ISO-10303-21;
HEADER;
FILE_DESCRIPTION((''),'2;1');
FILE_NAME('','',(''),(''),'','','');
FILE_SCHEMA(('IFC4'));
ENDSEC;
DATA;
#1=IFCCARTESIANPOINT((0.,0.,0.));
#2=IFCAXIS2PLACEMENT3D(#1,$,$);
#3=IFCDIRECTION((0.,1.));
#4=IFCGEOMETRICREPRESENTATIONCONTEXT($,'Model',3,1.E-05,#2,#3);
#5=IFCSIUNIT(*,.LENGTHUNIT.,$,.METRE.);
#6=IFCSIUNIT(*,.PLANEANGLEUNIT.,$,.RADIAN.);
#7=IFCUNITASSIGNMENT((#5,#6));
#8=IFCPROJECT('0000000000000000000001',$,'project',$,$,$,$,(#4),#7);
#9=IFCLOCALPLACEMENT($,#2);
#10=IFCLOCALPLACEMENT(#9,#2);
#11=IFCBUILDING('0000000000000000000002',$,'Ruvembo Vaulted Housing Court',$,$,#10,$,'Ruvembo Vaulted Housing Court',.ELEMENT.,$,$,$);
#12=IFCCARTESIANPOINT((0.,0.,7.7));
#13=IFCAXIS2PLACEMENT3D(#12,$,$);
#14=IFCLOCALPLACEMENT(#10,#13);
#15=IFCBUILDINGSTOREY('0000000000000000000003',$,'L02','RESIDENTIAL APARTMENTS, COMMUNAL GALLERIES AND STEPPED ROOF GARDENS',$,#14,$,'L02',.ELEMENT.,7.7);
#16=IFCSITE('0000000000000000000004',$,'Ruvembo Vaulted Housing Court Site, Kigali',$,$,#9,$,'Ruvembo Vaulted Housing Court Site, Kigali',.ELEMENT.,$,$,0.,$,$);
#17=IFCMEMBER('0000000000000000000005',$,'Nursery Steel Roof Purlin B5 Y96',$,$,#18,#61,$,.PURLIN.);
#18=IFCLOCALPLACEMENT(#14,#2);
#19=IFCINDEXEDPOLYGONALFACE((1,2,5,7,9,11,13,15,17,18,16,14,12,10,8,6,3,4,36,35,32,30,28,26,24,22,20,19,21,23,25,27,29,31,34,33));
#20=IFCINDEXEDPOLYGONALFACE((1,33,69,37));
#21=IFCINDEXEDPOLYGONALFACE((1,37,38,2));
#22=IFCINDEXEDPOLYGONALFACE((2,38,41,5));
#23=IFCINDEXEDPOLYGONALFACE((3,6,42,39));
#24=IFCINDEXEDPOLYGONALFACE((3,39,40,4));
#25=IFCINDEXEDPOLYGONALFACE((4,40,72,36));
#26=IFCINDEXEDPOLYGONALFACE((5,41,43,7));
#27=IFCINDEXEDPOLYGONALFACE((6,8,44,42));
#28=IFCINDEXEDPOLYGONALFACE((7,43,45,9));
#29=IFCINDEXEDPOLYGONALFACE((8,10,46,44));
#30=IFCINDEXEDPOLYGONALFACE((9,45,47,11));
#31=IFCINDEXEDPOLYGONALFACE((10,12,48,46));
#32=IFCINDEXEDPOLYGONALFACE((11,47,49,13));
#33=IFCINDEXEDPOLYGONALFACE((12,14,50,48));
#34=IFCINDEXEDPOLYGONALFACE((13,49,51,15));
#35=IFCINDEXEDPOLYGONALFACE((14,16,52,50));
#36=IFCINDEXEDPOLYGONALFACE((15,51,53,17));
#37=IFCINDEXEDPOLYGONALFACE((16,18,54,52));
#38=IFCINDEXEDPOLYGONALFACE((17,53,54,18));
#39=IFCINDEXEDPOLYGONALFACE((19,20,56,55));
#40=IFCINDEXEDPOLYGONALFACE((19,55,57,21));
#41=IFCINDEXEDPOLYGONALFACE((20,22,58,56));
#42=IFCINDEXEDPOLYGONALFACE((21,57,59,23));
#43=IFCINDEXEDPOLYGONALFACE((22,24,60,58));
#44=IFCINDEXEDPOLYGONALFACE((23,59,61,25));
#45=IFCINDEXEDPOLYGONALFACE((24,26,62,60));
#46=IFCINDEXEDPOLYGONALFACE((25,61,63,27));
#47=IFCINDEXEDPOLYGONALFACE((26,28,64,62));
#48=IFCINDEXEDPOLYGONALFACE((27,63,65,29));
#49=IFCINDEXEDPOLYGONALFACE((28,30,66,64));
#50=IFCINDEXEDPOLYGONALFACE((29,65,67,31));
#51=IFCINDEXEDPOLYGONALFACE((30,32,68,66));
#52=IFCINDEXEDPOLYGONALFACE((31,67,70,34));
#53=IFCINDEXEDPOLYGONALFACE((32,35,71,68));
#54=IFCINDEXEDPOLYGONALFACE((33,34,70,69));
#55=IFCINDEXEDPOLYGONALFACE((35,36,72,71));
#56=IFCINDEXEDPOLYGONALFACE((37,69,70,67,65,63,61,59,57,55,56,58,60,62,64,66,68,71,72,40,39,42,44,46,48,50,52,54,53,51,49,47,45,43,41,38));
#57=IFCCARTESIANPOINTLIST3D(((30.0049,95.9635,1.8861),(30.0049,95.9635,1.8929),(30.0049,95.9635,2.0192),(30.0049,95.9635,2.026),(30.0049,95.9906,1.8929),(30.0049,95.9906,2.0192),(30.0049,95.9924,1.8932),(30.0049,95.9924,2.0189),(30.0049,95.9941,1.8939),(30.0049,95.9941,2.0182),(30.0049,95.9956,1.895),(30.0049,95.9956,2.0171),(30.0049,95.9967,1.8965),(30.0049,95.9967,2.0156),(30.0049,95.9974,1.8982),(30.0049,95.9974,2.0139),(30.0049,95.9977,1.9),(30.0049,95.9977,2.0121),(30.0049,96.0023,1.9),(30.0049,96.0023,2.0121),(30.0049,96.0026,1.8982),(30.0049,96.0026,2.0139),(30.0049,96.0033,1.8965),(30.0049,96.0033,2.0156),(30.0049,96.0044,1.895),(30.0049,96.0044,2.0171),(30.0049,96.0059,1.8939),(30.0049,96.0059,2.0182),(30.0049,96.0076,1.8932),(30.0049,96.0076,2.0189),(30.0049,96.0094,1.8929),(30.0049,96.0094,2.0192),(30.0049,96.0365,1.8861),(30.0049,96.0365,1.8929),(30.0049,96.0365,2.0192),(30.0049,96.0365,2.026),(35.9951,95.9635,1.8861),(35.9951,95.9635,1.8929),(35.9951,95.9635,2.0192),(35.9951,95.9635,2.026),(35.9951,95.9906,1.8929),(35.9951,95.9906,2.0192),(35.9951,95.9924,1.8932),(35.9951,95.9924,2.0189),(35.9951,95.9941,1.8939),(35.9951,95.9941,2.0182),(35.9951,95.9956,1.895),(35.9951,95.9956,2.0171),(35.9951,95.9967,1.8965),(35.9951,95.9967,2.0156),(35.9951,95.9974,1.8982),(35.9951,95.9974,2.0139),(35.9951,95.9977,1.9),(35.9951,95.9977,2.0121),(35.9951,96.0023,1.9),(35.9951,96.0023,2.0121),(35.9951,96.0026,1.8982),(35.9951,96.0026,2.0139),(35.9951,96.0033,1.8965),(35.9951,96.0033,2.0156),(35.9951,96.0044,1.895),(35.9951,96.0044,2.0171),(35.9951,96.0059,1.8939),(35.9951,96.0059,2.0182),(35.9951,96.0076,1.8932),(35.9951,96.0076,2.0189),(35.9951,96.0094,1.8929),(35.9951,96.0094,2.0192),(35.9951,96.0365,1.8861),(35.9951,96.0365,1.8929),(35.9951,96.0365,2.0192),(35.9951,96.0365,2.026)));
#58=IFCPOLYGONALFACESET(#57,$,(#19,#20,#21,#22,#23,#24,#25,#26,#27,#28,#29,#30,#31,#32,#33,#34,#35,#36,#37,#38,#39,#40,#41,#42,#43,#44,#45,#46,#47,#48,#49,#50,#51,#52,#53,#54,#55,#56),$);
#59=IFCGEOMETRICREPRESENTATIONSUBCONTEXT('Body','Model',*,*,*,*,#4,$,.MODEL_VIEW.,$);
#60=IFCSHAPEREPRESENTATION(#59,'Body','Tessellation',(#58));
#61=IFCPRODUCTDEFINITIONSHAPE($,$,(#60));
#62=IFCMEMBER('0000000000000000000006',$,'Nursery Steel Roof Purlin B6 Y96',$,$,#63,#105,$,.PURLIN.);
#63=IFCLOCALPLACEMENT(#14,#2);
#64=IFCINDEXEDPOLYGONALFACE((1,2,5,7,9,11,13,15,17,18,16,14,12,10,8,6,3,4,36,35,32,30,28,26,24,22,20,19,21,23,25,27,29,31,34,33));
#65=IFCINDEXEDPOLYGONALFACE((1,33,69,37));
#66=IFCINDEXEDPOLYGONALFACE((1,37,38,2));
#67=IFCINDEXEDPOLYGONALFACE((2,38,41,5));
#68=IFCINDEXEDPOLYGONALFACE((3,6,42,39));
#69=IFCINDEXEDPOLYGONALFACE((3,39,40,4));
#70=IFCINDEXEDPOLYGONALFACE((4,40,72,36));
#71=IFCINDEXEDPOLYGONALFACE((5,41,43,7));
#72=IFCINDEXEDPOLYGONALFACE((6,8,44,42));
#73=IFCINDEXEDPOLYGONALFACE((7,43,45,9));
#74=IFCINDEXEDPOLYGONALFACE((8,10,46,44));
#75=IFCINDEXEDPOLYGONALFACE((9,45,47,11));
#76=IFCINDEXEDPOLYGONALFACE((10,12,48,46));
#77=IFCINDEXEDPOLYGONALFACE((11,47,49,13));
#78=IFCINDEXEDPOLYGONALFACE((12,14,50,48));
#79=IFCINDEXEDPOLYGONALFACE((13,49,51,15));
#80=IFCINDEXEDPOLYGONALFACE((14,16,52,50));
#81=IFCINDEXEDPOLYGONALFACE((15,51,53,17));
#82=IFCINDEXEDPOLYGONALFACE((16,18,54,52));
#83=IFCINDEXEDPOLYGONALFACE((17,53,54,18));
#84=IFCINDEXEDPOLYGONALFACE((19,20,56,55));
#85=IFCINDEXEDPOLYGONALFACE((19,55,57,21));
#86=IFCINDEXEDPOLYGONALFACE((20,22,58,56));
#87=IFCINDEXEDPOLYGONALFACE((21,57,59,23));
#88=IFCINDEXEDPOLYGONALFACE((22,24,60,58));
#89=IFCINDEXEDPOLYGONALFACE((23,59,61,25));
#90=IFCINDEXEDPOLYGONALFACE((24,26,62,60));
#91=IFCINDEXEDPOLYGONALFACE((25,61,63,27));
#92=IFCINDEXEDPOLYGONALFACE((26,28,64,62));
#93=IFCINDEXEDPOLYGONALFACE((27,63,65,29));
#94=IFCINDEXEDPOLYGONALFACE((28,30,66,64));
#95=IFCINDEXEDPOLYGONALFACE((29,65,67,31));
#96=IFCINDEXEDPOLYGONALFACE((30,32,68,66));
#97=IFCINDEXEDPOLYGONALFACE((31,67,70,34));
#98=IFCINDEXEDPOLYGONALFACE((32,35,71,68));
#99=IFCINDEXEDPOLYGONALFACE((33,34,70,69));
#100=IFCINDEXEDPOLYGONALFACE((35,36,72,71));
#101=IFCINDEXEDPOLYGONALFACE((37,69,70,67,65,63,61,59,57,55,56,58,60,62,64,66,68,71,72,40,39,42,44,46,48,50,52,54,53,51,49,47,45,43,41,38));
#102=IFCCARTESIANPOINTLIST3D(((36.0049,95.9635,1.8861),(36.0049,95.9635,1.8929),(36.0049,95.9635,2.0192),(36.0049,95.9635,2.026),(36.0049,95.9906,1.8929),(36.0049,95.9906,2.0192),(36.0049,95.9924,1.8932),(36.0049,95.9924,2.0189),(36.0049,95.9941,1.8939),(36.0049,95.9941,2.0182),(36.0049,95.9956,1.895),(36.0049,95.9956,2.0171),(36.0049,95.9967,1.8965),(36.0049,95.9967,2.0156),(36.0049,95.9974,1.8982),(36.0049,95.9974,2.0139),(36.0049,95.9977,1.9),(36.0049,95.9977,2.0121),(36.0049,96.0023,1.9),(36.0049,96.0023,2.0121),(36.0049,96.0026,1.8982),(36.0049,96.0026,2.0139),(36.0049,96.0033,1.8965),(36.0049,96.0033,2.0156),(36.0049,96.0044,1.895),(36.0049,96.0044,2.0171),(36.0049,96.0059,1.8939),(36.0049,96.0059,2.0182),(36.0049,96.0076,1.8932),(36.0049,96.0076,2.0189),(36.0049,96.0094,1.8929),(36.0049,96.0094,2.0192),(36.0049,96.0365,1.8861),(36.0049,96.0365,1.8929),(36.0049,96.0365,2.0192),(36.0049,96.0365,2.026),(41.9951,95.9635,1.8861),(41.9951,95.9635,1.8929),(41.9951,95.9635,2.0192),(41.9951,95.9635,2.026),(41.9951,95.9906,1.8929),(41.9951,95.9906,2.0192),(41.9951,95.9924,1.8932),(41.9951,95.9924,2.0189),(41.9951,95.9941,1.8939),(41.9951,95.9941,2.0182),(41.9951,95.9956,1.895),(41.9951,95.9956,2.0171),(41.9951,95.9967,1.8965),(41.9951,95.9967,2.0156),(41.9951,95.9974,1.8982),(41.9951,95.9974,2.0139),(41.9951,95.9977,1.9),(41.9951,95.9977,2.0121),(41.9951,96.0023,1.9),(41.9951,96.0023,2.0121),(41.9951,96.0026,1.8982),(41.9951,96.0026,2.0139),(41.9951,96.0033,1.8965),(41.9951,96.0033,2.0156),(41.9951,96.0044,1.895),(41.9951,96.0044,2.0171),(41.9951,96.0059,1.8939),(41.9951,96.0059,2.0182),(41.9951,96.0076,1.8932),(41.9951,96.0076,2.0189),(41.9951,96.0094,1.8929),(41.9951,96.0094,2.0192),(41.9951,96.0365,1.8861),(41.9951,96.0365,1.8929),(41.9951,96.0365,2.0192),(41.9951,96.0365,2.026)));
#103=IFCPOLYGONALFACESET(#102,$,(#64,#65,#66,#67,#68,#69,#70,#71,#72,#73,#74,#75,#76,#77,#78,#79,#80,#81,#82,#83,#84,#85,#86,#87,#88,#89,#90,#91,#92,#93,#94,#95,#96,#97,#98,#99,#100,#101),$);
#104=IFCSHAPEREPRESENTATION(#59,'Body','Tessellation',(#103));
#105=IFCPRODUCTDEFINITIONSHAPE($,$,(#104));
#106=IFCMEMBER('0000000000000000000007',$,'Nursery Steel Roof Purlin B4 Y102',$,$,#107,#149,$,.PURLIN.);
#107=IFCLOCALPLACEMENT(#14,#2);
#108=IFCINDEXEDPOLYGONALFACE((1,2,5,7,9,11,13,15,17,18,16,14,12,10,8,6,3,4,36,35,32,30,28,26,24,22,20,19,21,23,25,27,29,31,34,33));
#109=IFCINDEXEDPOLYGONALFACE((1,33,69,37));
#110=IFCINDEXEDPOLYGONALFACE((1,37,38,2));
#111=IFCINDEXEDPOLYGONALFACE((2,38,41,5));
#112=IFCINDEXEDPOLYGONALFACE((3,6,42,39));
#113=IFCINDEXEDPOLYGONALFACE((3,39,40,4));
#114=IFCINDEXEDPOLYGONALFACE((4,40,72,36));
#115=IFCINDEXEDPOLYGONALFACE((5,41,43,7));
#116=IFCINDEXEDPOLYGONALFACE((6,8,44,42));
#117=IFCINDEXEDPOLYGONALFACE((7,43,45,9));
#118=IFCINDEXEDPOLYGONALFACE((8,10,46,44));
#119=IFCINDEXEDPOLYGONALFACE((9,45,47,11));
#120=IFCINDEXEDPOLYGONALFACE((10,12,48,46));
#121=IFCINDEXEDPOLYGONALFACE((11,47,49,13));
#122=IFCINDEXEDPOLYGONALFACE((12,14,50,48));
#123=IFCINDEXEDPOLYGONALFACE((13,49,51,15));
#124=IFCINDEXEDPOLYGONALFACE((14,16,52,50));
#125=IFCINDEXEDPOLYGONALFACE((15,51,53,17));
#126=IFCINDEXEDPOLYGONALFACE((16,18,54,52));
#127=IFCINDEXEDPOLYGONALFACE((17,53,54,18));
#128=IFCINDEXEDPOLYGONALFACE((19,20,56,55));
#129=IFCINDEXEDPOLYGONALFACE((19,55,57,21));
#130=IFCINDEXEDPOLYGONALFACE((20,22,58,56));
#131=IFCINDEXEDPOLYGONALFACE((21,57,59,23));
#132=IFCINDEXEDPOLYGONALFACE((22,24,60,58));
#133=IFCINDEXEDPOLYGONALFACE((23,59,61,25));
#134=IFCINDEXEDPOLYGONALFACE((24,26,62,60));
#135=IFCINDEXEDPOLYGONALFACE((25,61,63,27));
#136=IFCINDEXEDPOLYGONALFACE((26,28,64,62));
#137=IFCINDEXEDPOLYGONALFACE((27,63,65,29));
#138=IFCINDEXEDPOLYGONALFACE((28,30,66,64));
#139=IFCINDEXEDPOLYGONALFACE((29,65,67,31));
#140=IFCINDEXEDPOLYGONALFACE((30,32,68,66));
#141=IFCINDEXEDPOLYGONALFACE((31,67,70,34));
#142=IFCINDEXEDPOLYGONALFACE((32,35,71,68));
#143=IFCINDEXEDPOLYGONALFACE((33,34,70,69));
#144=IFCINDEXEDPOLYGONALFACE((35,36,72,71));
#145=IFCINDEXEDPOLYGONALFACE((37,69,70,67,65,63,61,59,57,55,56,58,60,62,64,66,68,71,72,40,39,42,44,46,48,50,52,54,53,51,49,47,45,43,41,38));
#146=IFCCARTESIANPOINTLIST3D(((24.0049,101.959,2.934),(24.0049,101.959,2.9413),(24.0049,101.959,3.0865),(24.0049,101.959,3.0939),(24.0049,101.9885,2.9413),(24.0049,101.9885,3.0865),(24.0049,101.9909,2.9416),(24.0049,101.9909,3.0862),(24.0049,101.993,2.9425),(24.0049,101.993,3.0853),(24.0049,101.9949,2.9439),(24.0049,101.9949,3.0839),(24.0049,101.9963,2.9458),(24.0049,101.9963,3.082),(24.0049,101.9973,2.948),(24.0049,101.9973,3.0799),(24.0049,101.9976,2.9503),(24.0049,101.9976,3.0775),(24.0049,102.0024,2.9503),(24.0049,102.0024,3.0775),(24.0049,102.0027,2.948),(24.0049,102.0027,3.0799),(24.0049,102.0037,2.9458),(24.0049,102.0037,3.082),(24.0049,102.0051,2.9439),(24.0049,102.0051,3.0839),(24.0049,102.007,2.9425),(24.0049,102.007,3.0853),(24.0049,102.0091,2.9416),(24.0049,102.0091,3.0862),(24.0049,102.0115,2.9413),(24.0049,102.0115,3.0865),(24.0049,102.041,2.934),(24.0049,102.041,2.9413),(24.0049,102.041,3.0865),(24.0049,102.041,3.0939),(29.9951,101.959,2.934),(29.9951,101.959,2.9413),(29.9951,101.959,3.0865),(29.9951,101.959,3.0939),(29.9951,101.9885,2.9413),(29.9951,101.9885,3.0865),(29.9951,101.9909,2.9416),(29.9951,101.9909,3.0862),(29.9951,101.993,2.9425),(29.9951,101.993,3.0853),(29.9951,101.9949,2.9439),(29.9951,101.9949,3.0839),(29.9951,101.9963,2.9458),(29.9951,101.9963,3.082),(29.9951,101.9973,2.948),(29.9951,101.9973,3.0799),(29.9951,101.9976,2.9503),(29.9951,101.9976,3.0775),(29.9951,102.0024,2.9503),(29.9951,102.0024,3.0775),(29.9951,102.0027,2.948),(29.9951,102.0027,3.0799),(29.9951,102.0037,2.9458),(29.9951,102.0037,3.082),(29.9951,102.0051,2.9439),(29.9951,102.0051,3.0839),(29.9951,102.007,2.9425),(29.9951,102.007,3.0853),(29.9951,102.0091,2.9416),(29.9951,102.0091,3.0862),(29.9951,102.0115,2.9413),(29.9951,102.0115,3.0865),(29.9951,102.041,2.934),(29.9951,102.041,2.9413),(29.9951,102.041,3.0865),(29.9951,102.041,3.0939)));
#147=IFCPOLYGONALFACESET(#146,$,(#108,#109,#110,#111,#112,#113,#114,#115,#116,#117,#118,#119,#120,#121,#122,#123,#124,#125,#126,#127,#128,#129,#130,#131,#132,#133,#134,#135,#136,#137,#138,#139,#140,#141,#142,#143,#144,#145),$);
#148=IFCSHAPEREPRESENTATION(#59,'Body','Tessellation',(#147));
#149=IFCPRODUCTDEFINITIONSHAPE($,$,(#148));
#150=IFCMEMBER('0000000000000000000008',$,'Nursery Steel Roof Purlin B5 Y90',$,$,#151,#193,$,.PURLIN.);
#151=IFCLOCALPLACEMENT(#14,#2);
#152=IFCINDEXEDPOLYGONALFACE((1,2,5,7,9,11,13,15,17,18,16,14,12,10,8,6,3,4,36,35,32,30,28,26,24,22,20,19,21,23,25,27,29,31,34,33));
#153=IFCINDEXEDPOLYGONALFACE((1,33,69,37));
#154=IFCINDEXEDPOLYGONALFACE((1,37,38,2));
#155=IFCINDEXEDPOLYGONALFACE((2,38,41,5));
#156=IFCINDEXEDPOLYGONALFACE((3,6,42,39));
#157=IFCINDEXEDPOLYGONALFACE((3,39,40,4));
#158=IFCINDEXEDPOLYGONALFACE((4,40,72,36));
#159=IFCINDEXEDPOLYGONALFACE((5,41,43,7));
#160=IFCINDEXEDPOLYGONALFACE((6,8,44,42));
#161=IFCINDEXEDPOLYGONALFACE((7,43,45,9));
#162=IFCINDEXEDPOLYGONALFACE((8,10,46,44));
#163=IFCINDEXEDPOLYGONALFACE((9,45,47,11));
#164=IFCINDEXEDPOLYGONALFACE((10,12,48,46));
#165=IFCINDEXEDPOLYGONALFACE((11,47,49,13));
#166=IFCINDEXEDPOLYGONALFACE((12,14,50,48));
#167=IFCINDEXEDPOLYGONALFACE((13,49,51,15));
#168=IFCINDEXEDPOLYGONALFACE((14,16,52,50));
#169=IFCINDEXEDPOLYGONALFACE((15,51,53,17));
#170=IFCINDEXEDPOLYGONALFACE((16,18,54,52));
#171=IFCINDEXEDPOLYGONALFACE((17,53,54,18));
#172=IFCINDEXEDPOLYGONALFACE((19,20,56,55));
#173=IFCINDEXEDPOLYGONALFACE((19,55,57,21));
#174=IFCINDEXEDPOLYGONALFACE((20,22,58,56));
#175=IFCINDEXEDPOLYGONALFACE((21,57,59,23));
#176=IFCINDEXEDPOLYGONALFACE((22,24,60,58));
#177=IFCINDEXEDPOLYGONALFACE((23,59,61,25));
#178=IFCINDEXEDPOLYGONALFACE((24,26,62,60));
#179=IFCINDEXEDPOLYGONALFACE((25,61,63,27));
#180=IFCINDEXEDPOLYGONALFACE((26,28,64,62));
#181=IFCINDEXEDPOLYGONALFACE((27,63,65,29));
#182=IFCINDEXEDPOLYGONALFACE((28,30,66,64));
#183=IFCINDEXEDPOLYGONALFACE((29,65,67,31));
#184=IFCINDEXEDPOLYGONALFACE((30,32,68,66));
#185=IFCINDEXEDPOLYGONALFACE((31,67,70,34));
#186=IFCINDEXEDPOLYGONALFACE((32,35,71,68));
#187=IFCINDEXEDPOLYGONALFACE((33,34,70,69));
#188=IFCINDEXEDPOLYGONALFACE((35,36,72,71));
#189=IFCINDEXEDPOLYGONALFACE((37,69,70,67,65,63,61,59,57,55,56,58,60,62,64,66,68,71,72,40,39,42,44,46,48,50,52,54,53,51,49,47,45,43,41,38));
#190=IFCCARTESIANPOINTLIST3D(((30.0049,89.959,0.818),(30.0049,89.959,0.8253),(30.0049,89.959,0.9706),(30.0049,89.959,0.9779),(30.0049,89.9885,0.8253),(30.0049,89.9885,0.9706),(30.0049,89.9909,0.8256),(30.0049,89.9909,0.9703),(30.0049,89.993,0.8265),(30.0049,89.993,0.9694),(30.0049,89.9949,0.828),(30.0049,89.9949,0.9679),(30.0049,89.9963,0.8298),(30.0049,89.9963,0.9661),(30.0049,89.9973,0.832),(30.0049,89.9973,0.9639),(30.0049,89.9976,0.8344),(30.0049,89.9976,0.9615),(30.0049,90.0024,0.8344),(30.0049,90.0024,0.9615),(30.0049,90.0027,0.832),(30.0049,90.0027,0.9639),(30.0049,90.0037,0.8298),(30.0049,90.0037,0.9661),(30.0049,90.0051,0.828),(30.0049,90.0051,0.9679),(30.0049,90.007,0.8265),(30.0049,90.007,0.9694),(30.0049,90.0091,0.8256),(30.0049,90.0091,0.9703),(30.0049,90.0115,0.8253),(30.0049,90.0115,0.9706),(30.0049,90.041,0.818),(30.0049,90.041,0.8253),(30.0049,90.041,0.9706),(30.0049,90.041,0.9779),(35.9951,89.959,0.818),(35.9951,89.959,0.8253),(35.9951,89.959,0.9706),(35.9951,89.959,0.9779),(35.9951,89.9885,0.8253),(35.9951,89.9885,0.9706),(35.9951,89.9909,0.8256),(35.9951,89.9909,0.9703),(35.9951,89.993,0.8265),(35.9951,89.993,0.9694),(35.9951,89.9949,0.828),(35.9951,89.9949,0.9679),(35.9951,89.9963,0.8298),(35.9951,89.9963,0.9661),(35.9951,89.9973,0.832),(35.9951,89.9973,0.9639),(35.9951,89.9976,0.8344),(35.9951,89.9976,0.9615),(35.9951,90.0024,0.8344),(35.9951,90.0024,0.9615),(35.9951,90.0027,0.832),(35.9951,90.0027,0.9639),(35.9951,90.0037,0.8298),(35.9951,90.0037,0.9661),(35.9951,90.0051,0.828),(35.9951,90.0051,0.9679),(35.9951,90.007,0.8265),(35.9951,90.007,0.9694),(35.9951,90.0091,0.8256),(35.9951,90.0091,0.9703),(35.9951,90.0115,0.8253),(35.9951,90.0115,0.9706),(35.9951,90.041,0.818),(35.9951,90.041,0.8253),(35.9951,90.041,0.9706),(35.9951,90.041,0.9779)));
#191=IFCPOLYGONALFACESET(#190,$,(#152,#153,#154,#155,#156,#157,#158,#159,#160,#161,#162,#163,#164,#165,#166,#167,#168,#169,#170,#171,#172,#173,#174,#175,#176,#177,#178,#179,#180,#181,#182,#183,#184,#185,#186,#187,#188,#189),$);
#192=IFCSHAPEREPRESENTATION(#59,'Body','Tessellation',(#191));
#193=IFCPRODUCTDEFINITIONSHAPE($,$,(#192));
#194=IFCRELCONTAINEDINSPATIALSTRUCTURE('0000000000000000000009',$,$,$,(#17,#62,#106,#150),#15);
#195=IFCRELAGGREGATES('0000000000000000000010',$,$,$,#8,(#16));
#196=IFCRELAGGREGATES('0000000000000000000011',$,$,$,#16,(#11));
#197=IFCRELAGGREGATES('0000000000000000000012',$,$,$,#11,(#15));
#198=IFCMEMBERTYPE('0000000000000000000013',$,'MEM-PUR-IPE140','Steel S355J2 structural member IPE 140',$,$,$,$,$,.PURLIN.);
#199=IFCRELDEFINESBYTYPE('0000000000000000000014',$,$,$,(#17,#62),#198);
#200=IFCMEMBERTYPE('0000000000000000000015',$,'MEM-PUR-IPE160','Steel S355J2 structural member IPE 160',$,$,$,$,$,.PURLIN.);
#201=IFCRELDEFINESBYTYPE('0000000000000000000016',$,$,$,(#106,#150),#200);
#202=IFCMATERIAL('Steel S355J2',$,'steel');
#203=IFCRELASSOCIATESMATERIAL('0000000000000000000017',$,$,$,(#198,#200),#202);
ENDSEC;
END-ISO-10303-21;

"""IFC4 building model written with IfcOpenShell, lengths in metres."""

from ifc_helpers import new_model, si_unit, direction, frame, origin, origin_2d, place, context, subcontext, project, spatial, i_section, extrude, material, material_profile, profile_set, type_object, element, save


model = new_model("IFC4")

# Units and contexts
model_context = context("Model", 3, precision=1e-05, world=origin(), true_north=direction((0.0, 1.0)))
body_context = subcontext(model_context, "Body", "Model", "MODEL_VIEW")
ifc_project = project(units=[si_unit("LENGTHUNIT", "METRE"), si_unit("PLANEANGLEUNIT", "RADIAN")], contexts=[model_context])

# Site, building, storey
site_placement = place(None, origin())
site = spatial("IfcSite", under=ifc_project, at=site_placement, Name="Ruvembo Vaulted Housing Court Site, Kigali", LongName="Ruvembo Vaulted Housing Court Site, Kigali", CompositionType="ELEMENT", RefElevation=0.0)
building_placement = place(site_placement, origin())
building = spatial("IfcBuilding", under=site, at=building_placement, Name="Ruvembo Vaulted Housing Court", LongName="Ruvembo Vaulted Housing Court", CompositionType="ELEMENT")
storey_placement = place(building_placement, frame((0.0, 0.0, 7.7)))
storey = spatial("IfcBuildingStorey", under=building, at=storey_placement, Name="L02", Description="RESIDENTIAL APARTMENTS, COMMUNAL GALLERIES AND STEPPED ROOF GARDENS", LongName="L02", CompositionType="ELEMENT", Elevation=7.7)

# Shared definitions
ifc_material_1 = material(Name="Steel S355J2", Category="steel")

# Members
ifc_material_profile_1 = material_profile(ifc_material_1, i_section(OverallWidth=0.073, OverallDepth=0.1399, WebThickness=0.0046, FlangeThickness=0.0068, FilletRadius=0.0071, at=origin_2d()), Name="IPE 140")
ifc_profile_set_1 = profile_set([ifc_material_profile_1], Name="Steel S355J2")
member_type_1 = type_object("IfcMemberType", Name="MEM-PUR-IPE140", Description="Steel S355J2 structural member IPE 140", PredefinedType="PURLIN", material=ifc_profile_set_1)
for number, where, z_axis, x_axis, name in (
    (1, (30.0049, 96.0, 1.9561), (1.0, 0.0, 0.0), (0.0, 1.0, 0.0), "Nursery Steel Roof Purlin B5 Y96"),
    (2, (36.0049, 96.0, 1.9561), (1.0, 0.0, 0.0), (0.0, 1.0, 0.0), "Nursery Steel Roof Purlin B6 Y96"),
):
    element("IfcMember", number, at=place(storey_placement, frame(where, z_axis=z_axis, x_axis=x_axis)), inside=storey, type_object=member_type_1, Name=name, PredefinedType="PURLIN", context=body_context, shape_type="SweptSolid", body=[
        extrude(i_section(OverallWidth=0.073, OverallDepth=0.1399, WebThickness=0.0046, FlangeThickness=0.0068, FilletRadius=0.0071, at=origin_2d()), origin(), (0.0, 0.0, 1.0), 5.9902),
    ])
ifc_material_profile_2 = material_profile(ifc_material_1, i_section(OverallWidth=0.082, OverallDepth=0.1599, WebThickness=0.0049, FlangeThickness=0.0073, FilletRadius=0.009, at=origin_2d()), Name="IPE 160")
ifc_profile_set_2 = profile_set([ifc_material_profile_2], Name="Steel S355J2")
member_type_2 = type_object("IfcMemberType", Name="MEM-PUR-IPE160", Description="Steel S355J2 structural member IPE 160", PredefinedType="PURLIN", material=ifc_profile_set_2)
for number, where, z_axis, x_axis, name in (
    (3, (24.0049, 102.0, 3.0139), (1.0, 0.0, 0.0), (0.0, 1.0, 0.0), "Nursery Steel Roof Purlin B4 Y102"),
    (4, (30.0049, 90.0, 0.8979), (1.0, 0.0, 0.0), (0.0, 1.0, 0.0), "Nursery Steel Roof Purlin B5 Y90"),
):
    element("IfcMember", number, at=place(storey_placement, frame(where, z_axis=z_axis, x_axis=x_axis)), inside=storey, type_object=member_type_2, Name=name, PredefinedType="PURLIN", context=body_context, shape_type="SweptSolid", body=[
        extrude(i_section(OverallWidth=0.082, OverallDepth=0.1599, WebThickness=0.0049, FlangeThickness=0.0073, FilletRadius=0.009, at=origin_2d()), origin(), (0.0, 0.0, 1.0), 5.9902),
    ])

save(model, "model.ifc")
